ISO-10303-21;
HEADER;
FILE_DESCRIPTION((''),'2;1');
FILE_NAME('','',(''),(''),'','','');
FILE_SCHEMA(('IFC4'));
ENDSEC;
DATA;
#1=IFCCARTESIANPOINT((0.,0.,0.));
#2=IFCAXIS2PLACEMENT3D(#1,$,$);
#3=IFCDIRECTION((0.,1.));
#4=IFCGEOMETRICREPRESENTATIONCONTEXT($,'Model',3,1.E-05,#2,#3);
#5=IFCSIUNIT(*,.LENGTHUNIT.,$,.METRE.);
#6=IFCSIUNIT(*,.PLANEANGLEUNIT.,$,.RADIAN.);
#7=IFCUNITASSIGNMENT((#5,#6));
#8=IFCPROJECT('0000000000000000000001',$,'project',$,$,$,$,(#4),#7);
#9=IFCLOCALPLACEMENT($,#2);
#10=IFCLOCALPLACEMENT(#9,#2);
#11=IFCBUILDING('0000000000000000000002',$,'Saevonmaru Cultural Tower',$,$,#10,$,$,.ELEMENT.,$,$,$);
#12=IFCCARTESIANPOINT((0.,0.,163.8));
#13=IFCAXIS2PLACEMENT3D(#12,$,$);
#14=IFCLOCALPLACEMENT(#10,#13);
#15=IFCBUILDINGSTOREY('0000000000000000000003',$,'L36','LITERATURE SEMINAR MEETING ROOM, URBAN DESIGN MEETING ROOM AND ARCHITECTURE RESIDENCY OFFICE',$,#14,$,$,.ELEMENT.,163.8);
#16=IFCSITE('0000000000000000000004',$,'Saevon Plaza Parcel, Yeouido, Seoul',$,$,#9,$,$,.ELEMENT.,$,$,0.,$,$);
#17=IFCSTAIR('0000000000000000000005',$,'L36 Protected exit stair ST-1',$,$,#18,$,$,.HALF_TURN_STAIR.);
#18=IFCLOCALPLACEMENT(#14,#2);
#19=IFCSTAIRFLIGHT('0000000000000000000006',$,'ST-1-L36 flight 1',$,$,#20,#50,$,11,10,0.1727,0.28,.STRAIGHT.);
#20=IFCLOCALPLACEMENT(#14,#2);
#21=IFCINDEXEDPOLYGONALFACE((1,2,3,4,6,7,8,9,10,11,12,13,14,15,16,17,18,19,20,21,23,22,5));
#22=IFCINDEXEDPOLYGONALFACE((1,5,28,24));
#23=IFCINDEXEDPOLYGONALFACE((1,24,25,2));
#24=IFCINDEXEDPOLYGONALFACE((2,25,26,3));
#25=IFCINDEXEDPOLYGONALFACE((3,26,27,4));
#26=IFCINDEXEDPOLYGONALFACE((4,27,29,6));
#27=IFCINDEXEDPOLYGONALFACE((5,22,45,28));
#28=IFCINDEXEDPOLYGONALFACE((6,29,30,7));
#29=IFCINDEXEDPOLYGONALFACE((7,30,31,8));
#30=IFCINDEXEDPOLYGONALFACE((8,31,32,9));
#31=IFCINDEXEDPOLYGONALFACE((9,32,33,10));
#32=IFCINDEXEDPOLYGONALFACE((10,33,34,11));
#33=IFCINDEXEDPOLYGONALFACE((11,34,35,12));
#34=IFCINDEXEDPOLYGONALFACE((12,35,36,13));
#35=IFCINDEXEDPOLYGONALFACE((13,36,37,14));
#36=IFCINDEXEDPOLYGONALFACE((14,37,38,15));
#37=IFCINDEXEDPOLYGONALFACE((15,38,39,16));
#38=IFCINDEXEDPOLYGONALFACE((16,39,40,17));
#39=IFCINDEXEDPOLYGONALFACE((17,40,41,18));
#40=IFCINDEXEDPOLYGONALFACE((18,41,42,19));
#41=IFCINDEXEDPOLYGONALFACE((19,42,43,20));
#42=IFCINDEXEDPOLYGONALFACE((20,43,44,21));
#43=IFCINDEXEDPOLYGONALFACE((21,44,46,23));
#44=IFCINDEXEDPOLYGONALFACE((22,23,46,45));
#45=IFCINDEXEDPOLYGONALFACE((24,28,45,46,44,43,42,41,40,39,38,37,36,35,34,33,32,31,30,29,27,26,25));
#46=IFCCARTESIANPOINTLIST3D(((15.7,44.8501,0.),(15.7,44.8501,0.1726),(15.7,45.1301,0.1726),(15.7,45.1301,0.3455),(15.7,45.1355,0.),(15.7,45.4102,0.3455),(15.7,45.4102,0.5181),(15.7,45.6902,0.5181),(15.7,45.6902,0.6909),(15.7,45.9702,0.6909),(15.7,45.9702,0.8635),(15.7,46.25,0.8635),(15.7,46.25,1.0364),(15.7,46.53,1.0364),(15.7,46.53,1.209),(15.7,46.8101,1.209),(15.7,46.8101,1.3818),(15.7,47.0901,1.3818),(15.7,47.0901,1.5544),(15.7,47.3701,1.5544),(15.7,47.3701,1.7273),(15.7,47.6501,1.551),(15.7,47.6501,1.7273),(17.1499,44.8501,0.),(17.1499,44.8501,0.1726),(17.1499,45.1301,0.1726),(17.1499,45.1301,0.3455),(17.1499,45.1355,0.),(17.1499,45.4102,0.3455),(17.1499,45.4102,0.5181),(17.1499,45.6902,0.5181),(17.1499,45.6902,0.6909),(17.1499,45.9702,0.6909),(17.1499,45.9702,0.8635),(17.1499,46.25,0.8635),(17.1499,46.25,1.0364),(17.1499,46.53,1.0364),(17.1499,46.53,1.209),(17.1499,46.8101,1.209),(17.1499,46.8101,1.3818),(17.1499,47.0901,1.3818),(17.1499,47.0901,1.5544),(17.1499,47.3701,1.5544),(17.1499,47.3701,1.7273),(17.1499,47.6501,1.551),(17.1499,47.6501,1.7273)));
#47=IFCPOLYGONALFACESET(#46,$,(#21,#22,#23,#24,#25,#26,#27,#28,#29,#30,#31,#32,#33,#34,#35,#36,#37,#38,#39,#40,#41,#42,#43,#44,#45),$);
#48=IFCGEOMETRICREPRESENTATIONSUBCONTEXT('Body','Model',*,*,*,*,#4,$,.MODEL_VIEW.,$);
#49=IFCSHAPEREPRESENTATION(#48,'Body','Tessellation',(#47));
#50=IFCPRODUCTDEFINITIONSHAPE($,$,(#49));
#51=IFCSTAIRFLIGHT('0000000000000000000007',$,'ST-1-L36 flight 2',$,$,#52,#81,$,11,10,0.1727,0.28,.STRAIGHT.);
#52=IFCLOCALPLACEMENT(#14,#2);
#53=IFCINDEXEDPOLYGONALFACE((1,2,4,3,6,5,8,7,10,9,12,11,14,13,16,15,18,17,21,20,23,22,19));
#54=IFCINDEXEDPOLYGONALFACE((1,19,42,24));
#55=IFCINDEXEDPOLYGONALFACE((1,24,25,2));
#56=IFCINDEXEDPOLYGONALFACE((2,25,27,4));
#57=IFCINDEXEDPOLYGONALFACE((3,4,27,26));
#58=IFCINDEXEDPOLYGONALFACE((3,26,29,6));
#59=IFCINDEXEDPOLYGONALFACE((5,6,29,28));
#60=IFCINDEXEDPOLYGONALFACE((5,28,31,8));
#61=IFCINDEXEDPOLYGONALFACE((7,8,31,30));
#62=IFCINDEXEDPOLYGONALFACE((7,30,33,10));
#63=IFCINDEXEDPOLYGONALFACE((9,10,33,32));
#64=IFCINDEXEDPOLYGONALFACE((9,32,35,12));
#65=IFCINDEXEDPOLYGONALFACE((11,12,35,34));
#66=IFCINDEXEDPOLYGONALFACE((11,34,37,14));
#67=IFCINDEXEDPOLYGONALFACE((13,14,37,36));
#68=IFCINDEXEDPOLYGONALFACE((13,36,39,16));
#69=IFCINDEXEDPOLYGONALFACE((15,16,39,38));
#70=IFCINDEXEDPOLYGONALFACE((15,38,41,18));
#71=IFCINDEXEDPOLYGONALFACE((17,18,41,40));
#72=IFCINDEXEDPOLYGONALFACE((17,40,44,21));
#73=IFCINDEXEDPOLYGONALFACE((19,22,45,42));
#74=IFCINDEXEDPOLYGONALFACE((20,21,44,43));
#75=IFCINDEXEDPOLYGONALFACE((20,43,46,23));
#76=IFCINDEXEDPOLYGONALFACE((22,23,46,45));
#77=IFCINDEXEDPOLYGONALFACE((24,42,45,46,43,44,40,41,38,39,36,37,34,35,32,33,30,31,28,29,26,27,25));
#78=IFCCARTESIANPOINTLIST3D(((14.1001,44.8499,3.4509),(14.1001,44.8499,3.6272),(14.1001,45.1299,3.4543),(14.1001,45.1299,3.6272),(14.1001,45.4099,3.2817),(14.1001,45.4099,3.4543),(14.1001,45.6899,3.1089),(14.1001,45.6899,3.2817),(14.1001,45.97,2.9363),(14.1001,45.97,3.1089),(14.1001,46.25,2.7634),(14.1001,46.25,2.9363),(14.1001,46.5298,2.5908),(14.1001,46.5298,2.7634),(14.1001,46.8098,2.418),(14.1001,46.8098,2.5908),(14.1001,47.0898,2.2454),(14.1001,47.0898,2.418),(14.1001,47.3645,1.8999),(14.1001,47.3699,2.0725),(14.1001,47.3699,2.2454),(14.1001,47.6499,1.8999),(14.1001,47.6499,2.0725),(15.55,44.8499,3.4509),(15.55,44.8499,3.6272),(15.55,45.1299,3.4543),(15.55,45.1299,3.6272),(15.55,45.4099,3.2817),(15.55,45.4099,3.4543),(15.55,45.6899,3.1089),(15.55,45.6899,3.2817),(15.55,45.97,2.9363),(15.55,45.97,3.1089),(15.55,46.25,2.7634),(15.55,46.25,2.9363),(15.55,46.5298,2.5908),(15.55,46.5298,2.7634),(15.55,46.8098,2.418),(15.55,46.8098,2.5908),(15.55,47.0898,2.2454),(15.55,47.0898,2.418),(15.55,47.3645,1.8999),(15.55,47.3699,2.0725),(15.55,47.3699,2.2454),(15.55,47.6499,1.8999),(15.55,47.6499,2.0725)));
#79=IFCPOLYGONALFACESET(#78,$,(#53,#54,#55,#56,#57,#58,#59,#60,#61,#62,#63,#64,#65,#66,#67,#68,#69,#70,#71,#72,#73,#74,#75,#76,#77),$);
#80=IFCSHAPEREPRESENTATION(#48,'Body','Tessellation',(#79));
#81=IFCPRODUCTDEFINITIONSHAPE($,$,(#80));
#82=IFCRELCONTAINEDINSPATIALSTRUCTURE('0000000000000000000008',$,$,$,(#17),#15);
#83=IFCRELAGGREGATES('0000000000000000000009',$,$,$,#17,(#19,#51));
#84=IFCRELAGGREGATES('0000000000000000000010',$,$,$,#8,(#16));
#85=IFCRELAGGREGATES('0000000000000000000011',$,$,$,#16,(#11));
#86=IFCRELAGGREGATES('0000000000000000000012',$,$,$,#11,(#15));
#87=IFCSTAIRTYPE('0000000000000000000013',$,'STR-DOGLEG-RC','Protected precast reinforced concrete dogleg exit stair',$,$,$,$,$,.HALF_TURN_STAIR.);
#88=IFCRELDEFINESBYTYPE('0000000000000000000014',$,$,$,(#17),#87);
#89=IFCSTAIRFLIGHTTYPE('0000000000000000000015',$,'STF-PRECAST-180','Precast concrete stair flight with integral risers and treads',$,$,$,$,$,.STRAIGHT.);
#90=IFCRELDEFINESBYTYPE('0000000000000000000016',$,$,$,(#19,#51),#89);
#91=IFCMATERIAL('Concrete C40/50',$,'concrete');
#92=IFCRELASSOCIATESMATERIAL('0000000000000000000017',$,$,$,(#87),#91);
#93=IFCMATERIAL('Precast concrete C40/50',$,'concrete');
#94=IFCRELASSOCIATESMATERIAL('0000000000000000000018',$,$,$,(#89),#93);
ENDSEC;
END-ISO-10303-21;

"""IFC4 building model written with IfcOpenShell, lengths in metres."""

from ifc_helpers import new_model, si_unit, direction, frame, origin, place, context, subcontext, project, spatial, polyline, outline, extrude, material, type_object, element, aggregate, save


model = new_model("IFC4")

# Units and contexts
model_context = context("Model", 3, precision=1e-05, world=origin(), true_north=direction((0.0, 1.0)))
body_context = subcontext(model_context, "Body", "Model", "MODEL_VIEW")
ifc_project = project(units=[si_unit("LENGTHUNIT", "METRE"), si_unit("PLANEANGLEUNIT", "RADIAN")], contexts=[model_context])

# Site, building, storey
site_placement = place(None, origin())
site = spatial("IfcSite", under=ifc_project, at=site_placement, Name="Saevon Plaza Parcel, Yeouido, Seoul", CompositionType="ELEMENT", RefElevation=0.0)
building_placement = place(site_placement, origin())
building = spatial("IfcBuilding", under=site, at=building_placement, Name="Saevonmaru Cultural Tower", CompositionType="ELEMENT")
storey_placement = place(building_placement, frame((0.0, 0.0, 163.8)))
storey = spatial("IfcBuildingStorey", under=building, at=storey_placement, Name="L36", Description="LITERATURE SEMINAR MEETING ROOM, URBAN DESIGN MEETING ROOM AND ARCHITECTURE RESIDENCY OFFICE", CompositionType="ELEMENT", Elevation=163.8)

# Shared definitions
ifc_material_1 = material(Name="Concrete C40/50", Category="concrete")

# Stair, stair flights
stair_type = type_object("IfcStairType", Name="STR-DOGLEG-RC", Description="Protected precast reinforced concrete dogleg exit stair", PredefinedType="HALF_TURN_STAIR", material=ifc_material_1)
stair_placement = place(storey_placement, origin())
stair = element("IfcStair", 1, at=stair_placement, inside=storey, type_object=stair_type, Name="L36 Protected exit stair ST-1", PredefinedType="HALF_TURN_STAIR")
ifc_material_2 = material(Name="Precast concrete C40/50", Category="concrete")
stair_flight_type = type_object("IfcStairFlightType", Name="STF-PRECAST-180", Description="Precast concrete stair flight with integral risers and treads", PredefinedType="STRAIGHT", material=ifc_material_2)
stair_flight_1_placement = place(storey_placement, frame((16.425, 44.8501, 0.0), z_axis=(0.0, 0.0, 1.0), x_axis=(0.0, 1.0, 0.0)))
stair_flight_1 = element("IfcStairFlight", 2, at=stair_flight_1_placement, type_object=stair_flight_type, Name="ST-1-L36 flight 1", NumberOfRisers=11, NumberOfTreads=10, PredefinedType="STRAIGHT", RiserHeight=0.1727, TreadLength=0.28, context=body_context, shape_type="SweptSolid", body=[
    extrude(outline(polyline([(0.0, 0.0), (0.0, 0.1726), (0.28, 0.1726), (0.28, 0.3455), (0.5601, 0.3455), (0.5601, 0.5181), (0.8401, 0.5181), (0.8401, 0.6909), (1.1201, 0.6909), (1.1201, 0.8635), (1.3999, 0.8635), (1.3999, 1.0364), (1.6799, 1.0364), (1.6799, 1.209), (1.96, 1.209), (1.96, 1.3818), (2.24, 1.3818), (2.24, 1.5544), (2.52, 1.5544), (2.52, 1.7273), (2.8, 1.7273), (2.8, 1.8999), (2.8, 1.551), (0.2854, 0.0), (0.0, 0.0)])), frame((0.0, 0.7251, 0.0), z_axis=(0.0, -1.0, 0.0), x_axis=(1.0, 0.0, 0.0)), (0.0, 0.0, 1.0), 1.45),
])
stair_flight_2_placement = place(storey_placement, frame((14.825, 47.6499, 1.8999), z_axis=(0.0, 0.0, 1.0), x_axis=(0.0, -1.0, 0.0)))
stair_flight_2 = element("IfcStairFlight", 3, at=stair_flight_2_placement, type_object=stair_flight_type, Name="ST-1-L36 flight 2", NumberOfRisers=11, NumberOfTreads=10, PredefinedType="STRAIGHT", RiserHeight=0.1727, TreadLength=0.28, context=body_context, shape_type="SweptSolid", body=[
    extrude(outline(polyline([(0.0, 0.0), (0.0, 0.1726), (0.28, 0.1726), (0.28, 0.3455), (0.5601, 0.3455), (0.5601, 0.5181), (0.8401, 0.5181), (0.8401, 0.6909), (1.1201, 0.6909), (1.1201, 0.8635), (1.3999, 0.8635), (1.3999, 1.0364), (1.6799, 1.0364), (1.6799, 1.209), (1.96, 1.209), (1.96, 1.3818), (2.24, 1.3818), (2.24, 1.5544), (2.52, 1.5544), (2.52, 1.7273), (2.8, 1.7273), (2.8, 1.8999), (2.8, 1.551), (0.2854, 0.0), (0.0, 0.0)])), frame((0.0, 0.7251, 0.0), z_axis=(0.0, -1.0, 0.0), x_axis=(1.0, 0.0, 0.0)), (0.0, 0.0, 1.0), 1.45),
])
aggregate(stair, [stair_flight_1, stair_flight_2])

save(model, "model.ifc")
